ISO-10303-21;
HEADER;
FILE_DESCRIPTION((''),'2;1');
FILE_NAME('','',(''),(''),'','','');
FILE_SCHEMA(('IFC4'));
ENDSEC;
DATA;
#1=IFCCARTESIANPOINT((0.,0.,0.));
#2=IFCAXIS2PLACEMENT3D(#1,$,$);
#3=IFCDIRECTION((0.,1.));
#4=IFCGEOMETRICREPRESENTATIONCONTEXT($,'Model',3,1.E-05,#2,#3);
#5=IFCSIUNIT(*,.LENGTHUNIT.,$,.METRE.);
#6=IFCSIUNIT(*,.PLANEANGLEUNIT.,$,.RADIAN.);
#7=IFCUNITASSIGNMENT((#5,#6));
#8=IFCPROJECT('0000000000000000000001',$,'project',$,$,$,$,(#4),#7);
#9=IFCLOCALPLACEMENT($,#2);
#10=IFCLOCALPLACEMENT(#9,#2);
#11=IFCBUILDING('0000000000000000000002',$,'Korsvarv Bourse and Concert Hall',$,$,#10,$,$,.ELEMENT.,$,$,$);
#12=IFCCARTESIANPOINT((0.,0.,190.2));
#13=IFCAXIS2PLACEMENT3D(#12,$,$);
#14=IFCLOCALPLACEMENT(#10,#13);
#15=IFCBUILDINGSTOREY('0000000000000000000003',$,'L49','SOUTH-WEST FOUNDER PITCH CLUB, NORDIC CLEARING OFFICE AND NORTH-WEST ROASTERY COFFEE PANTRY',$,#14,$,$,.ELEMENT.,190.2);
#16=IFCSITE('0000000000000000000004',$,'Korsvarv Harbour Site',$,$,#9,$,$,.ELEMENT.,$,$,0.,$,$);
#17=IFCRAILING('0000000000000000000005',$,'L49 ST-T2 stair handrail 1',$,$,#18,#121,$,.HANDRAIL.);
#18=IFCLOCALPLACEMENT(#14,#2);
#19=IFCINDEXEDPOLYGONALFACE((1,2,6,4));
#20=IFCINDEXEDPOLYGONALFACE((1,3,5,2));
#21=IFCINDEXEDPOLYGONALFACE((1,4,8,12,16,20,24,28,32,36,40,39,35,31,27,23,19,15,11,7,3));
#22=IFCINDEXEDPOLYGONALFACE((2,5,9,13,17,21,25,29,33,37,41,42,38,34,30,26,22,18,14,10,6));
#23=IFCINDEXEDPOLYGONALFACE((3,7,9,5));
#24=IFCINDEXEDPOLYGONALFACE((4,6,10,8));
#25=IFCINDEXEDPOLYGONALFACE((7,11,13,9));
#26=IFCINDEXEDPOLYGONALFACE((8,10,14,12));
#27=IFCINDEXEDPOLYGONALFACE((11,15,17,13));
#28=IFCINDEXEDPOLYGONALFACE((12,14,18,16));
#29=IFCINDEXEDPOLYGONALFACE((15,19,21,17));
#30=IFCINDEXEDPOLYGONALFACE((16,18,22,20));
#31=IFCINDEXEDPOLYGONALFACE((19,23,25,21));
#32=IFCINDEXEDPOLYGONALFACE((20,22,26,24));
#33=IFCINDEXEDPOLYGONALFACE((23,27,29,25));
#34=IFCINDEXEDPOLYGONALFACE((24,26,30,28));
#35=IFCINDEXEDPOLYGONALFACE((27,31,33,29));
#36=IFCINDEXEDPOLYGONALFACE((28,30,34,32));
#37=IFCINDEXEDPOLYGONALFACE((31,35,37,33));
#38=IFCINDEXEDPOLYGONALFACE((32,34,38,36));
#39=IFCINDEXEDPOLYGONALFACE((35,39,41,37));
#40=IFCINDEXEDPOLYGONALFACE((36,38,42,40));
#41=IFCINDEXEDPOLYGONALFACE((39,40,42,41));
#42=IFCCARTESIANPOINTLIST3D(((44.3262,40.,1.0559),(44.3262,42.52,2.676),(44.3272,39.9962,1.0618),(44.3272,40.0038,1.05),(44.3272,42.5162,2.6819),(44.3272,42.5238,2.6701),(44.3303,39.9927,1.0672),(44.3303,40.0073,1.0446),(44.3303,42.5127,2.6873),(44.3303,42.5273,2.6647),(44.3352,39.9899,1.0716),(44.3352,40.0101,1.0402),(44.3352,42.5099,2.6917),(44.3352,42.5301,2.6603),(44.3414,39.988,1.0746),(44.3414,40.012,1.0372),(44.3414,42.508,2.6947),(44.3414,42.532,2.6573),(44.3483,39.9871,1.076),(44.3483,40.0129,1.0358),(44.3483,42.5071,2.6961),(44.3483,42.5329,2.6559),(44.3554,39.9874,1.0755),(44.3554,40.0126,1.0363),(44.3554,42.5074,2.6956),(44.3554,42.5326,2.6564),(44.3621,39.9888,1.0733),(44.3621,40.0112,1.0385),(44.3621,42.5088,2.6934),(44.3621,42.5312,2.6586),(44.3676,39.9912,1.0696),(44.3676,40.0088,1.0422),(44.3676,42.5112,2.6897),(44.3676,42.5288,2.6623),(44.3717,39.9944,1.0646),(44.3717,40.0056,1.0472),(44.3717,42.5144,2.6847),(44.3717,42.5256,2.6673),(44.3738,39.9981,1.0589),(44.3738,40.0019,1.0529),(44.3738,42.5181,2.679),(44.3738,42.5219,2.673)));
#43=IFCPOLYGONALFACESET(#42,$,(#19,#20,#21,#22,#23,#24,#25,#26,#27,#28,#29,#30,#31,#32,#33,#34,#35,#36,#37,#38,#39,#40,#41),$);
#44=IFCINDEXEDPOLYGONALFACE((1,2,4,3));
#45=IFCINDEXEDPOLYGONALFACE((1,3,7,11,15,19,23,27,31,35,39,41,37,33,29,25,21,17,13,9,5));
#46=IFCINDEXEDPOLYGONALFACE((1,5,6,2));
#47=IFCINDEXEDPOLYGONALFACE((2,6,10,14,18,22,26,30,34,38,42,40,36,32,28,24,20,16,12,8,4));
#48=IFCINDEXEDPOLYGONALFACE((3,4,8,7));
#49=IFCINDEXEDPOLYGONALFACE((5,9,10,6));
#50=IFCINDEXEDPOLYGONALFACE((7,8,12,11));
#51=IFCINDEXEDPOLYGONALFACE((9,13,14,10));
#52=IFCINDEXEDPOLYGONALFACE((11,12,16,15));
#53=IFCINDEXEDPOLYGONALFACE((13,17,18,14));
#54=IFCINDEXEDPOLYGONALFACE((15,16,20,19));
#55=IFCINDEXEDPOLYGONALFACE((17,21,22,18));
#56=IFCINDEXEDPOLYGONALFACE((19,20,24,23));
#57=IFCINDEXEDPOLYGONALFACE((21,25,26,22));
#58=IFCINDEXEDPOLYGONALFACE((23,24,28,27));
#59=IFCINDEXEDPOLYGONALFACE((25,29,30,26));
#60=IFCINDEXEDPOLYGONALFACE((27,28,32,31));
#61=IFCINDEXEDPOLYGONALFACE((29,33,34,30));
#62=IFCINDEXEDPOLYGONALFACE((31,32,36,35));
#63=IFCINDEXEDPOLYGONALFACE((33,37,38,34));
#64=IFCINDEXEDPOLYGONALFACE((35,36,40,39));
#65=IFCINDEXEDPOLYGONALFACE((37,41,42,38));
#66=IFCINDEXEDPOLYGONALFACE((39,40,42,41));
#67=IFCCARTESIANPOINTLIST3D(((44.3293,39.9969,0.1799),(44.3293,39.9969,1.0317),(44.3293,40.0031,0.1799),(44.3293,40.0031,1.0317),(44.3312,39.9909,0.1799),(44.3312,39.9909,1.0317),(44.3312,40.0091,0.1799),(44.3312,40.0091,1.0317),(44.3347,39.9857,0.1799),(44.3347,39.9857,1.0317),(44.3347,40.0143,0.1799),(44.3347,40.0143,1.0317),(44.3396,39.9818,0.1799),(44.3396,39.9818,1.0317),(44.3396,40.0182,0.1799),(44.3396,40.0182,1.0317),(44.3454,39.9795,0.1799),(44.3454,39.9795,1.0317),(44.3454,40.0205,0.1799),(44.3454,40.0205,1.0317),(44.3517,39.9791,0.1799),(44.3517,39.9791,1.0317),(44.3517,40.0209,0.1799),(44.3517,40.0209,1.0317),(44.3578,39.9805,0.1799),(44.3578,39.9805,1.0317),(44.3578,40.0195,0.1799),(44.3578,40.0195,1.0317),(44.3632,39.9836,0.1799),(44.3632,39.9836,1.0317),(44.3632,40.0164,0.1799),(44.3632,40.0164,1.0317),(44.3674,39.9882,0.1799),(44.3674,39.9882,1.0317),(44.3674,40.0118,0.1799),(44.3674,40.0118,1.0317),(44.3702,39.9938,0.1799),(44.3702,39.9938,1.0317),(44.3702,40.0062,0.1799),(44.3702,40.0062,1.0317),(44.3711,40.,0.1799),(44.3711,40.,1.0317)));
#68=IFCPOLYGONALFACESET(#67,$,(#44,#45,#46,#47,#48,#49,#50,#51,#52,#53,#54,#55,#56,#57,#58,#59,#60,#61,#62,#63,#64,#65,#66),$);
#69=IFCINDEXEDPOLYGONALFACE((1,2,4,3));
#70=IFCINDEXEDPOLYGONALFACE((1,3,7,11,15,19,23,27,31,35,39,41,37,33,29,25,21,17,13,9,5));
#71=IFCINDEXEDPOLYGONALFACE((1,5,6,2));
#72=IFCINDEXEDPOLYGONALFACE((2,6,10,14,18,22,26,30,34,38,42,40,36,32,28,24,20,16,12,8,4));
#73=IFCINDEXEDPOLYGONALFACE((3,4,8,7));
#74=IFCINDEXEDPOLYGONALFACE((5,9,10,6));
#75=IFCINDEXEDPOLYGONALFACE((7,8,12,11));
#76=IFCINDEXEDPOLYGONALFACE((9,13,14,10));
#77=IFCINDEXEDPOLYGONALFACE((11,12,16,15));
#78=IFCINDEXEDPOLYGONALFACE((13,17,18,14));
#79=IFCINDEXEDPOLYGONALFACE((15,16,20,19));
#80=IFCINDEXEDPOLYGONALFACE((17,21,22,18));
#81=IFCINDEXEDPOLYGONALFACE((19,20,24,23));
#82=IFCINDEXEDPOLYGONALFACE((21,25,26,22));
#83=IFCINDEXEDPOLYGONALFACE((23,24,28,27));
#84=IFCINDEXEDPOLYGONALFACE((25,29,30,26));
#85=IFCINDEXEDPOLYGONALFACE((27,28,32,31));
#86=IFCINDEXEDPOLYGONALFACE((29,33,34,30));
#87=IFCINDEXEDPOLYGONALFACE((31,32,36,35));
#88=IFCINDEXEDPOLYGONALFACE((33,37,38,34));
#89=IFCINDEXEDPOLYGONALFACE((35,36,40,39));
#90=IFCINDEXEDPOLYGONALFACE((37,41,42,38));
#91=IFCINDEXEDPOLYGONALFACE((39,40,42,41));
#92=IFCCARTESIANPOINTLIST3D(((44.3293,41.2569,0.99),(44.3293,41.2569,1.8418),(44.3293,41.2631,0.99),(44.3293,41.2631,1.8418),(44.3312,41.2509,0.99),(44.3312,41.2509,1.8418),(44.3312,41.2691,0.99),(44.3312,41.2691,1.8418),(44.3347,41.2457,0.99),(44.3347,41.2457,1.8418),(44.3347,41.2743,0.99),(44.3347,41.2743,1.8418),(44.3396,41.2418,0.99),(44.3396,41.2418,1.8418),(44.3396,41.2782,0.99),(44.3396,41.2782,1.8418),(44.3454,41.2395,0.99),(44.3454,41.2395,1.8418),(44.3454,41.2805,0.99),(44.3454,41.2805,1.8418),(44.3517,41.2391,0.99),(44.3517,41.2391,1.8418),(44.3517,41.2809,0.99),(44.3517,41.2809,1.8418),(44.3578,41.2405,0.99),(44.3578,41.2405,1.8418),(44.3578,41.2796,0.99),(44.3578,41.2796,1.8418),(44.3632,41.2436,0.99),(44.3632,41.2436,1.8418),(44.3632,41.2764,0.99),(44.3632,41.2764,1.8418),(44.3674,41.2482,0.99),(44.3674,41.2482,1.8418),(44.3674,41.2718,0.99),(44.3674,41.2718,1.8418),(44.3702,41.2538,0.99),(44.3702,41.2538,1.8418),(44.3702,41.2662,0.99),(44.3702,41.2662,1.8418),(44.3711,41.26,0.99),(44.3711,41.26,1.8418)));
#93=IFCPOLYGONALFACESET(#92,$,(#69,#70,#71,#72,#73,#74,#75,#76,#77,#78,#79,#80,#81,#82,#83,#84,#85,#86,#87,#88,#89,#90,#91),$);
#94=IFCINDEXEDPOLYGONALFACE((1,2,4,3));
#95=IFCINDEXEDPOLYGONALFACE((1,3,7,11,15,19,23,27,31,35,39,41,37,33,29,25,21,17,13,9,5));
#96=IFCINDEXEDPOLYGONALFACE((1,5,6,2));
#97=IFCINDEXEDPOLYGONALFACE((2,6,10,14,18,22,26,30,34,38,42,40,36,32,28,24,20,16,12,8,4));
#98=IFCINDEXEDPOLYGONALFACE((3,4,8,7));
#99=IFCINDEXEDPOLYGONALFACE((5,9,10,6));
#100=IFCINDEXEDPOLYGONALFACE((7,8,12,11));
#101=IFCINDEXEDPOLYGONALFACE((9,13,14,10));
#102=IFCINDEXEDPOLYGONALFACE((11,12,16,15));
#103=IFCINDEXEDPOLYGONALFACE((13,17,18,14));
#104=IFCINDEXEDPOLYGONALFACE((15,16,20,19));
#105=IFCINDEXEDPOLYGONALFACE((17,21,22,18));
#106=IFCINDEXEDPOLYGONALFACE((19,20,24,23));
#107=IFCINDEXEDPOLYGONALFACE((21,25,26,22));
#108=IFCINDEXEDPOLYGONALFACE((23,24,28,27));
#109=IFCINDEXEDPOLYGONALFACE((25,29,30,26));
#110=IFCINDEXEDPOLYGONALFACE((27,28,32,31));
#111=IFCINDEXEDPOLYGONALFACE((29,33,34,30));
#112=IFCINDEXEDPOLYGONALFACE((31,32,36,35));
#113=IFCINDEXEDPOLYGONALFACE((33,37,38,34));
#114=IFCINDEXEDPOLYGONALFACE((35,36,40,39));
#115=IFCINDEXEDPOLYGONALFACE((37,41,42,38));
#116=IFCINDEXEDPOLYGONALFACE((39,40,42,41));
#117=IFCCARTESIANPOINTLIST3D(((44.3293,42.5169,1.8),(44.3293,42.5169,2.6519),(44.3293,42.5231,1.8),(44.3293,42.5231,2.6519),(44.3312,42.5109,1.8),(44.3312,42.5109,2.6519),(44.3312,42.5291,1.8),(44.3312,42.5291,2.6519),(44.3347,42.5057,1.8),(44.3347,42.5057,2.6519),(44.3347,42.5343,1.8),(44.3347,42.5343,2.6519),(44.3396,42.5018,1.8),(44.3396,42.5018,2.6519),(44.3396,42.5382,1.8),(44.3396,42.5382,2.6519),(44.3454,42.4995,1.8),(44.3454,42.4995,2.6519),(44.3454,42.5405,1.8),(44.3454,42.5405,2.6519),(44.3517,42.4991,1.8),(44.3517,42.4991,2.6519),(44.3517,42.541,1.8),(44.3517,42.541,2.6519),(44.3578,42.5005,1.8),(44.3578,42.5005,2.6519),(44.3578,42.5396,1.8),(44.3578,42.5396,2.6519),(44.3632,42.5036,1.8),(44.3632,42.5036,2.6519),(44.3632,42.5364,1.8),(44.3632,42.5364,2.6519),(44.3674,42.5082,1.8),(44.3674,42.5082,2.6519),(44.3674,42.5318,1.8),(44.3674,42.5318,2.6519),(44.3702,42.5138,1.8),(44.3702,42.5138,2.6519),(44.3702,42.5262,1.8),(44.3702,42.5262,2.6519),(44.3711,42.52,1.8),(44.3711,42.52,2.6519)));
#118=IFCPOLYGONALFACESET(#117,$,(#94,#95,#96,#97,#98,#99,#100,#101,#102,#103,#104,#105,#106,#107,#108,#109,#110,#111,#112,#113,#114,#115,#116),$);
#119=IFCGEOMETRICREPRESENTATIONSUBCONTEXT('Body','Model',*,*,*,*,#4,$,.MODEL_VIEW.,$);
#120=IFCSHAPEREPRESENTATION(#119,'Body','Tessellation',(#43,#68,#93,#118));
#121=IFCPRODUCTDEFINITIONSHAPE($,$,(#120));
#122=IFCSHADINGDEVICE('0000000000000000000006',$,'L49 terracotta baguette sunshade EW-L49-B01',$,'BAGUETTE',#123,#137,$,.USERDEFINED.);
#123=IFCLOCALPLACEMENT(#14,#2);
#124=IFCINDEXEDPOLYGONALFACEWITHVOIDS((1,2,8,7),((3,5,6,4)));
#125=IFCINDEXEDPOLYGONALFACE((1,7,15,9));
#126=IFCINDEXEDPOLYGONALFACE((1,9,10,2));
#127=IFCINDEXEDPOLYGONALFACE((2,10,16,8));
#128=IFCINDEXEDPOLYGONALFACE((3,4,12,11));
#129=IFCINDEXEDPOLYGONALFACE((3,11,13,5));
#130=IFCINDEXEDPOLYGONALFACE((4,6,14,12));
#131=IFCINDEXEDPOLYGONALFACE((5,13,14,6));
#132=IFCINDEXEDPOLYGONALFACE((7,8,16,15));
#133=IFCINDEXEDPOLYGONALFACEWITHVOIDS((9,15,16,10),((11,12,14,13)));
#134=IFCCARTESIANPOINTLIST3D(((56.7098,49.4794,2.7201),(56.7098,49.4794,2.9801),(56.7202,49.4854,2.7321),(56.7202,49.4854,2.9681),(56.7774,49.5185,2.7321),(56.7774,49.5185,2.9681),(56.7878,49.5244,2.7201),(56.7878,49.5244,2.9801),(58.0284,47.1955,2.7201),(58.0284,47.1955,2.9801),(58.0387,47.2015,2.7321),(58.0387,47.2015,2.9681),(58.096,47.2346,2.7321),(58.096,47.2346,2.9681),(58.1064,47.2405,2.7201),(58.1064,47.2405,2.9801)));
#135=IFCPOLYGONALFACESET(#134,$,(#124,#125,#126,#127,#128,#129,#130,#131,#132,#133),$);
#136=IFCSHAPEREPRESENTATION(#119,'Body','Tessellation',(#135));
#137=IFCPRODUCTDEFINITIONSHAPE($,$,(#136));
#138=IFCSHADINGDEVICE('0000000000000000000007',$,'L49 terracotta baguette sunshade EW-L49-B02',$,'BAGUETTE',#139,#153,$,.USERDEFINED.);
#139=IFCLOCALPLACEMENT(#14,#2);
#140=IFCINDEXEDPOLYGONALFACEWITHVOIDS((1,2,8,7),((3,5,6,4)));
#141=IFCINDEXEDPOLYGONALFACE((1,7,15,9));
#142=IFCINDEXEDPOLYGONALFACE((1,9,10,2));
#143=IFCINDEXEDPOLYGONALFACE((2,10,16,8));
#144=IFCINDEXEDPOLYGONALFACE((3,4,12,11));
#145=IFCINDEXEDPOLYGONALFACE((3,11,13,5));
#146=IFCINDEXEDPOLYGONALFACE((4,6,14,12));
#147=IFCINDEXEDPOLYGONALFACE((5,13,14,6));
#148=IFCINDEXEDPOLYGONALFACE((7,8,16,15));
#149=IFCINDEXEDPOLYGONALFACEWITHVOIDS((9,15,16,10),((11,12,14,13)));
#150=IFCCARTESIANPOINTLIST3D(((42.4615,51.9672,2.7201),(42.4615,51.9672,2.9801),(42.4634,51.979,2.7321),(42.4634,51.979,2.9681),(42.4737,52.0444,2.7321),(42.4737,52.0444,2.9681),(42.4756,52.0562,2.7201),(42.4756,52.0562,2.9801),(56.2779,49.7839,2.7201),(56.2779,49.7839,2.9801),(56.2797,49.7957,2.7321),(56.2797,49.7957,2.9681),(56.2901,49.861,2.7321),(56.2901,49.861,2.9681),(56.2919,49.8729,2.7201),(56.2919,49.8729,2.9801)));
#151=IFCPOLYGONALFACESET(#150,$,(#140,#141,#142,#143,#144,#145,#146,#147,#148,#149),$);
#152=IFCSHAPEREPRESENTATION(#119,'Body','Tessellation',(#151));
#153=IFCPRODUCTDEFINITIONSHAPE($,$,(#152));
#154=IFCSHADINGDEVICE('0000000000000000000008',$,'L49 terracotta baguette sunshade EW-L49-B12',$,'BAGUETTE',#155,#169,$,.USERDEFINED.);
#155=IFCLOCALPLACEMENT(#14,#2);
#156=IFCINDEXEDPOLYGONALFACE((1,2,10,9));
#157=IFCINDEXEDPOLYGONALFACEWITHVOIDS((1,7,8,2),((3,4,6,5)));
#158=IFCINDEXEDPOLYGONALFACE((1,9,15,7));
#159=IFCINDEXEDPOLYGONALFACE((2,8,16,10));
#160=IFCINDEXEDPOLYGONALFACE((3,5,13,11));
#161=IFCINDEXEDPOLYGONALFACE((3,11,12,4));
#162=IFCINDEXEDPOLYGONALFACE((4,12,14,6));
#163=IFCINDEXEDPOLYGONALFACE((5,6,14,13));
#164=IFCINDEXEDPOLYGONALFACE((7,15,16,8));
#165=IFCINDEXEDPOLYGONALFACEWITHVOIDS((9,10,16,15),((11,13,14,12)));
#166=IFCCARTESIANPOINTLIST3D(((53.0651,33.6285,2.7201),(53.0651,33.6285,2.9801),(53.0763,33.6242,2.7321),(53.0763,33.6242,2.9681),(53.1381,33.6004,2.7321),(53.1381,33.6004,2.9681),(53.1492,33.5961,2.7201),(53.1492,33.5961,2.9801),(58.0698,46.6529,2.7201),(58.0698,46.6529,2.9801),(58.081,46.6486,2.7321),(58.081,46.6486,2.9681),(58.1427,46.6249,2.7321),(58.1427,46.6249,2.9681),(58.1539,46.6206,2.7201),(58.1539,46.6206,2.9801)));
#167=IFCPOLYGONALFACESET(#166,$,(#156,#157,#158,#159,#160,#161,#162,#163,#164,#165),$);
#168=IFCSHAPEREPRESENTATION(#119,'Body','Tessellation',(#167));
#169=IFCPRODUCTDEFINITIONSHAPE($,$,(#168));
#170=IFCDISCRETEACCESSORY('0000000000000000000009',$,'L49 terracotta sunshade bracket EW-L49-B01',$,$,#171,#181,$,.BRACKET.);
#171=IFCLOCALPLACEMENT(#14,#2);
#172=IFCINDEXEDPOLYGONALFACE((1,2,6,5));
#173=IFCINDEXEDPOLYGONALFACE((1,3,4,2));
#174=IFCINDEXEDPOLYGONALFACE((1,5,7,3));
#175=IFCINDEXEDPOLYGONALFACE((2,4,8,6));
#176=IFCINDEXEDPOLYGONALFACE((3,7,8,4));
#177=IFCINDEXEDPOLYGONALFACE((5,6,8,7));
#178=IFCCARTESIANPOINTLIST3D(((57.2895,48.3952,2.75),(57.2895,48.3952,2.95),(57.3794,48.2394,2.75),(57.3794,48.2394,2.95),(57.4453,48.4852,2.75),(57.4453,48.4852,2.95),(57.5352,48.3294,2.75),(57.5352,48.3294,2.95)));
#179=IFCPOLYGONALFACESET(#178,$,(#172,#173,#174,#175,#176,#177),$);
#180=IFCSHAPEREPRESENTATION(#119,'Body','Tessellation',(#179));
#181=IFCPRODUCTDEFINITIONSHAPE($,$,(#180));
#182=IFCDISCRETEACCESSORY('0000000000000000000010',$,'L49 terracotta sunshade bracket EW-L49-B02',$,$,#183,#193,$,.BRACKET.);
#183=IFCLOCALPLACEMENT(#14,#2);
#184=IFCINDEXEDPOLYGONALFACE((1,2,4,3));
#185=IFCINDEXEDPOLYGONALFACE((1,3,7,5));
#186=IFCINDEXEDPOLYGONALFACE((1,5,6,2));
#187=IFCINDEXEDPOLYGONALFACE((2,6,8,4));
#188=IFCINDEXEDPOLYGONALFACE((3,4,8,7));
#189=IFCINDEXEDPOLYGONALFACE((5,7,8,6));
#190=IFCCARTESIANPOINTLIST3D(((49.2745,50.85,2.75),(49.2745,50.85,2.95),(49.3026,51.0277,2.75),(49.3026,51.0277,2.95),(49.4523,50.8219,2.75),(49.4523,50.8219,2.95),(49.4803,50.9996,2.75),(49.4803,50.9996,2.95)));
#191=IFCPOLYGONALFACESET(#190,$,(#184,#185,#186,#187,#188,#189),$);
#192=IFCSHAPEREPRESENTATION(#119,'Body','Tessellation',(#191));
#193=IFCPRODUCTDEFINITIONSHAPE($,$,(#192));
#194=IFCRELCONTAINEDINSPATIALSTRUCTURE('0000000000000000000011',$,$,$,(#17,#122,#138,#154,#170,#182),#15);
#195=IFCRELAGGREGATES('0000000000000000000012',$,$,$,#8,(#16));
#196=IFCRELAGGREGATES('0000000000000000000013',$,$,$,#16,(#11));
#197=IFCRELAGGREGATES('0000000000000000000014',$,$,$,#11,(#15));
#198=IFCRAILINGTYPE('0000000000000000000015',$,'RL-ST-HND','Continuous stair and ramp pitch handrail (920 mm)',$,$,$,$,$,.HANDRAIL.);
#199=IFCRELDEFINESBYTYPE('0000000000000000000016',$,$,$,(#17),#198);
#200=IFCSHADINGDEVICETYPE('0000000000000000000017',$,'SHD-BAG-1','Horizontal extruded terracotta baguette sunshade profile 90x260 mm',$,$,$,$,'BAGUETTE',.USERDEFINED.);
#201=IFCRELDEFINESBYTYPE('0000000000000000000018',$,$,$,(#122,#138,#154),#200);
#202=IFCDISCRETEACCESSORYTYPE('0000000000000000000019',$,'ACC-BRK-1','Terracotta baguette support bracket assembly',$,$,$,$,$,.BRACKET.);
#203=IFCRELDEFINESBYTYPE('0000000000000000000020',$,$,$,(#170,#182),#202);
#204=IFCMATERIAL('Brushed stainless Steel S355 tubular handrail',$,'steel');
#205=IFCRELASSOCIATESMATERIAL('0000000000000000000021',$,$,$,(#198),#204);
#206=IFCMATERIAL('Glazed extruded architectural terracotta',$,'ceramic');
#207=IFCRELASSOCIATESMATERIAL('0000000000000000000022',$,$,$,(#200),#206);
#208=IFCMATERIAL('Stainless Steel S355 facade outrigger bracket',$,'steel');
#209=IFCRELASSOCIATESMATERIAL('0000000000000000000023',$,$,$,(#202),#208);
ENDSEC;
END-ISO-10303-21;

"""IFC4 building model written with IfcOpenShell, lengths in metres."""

from ifc_helpers import new_model, si_unit, direction, frame, origin, origin_2d, place, context, subcontext, project, spatial, rectangle, hollow_rectangle, circle, extrude, source, transform, mapped, material, material_profile, profile_set, type_object, element, save


model = new_model("IFC4")

# Units and contexts
model_context = context("Model", 3, precision=1e-05, world=origin(), true_north=direction((0.0, 1.0)))
body_context = subcontext(model_context, "Body", "Model", "MODEL_VIEW")
ifc_project = project(units=[si_unit("LENGTHUNIT", "METRE"), si_unit("PLANEANGLEUNIT", "RADIAN")], contexts=[model_context])

# Site, building, storey
site_placement = place(None, origin())
site = spatial("IfcSite", under=ifc_project, at=site_placement, Name="Korsvarv Harbour Site", CompositionType="ELEMENT", RefElevation=0.0)
building_placement = place(site_placement, origin())
building = spatial("IfcBuilding", under=site, at=building_placement, Name="Korsvarv Bourse and Concert Hall", CompositionType="ELEMENT")
storey_placement = place(building_placement, frame((0.0, 0.0, 190.2)))
storey = spatial("IfcBuildingStorey", under=building, at=storey_placement, Name="L49", Description="SOUTH-WEST FOUNDER PITCH CLUB, NORDIC CLEARING OFFICE AND NORTH-WEST ROASTERY COFFEE PANTRY", CompositionType="ELEMENT", Elevation=190.2)

# Railing
ifc_material_1 = material(Name="Brushed stainless Steel S355 tubular handrail", Category="steel")
railing_type_1 = type_object("IfcRailingType", Name="RL-ST-HND", Description="Continuous stair and ramp pitch handrail (920 mm)", PredefinedType="HANDRAIL", material=ifc_material_1)
railing_1_placement = place(storey_placement, frame((44.3501, 40.0, 0.1799)))
element("IfcRailing", 1, at=railing_1_placement, inside=storey, type_object=railing_type_1, Name="L49 ST-T2 stair handrail 1", PredefinedType="HANDRAIL", context=body_context, shape_type="SweptSolid", body=[
    extrude(circle(Radius=0.0239, at=origin_2d()), frame((0.0, 0.0, 0.876), z_axis=(0.0, 0.841163, 0.540782), x_axis=(-1.0, 0.0, 0.0)), (0.0, 0.0, 1.0), 2.9958),
    extrude(circle(Radius=0.021, at=origin_2d()), origin(), (0.0, 0.0, 1.0), 0.8518),
    extrude(circle(Radius=0.021, at=origin_2d()), frame((0.0, 1.26, 0.8101)), (0.0, 0.0, 1.0), 0.8518),
    extrude(circle(Radius=0.021, at=origin_2d()), frame((0.0, 2.52, 1.6201)), (0.0, 0.0, 1.0), 0.8518),
])

# Shading devices
ifc_material_2 = material(Name="Glazed extruded architectural terracotta", Category="ceramic")
ifc_material_profile_1 = material_profile(ifc_material_2, hollow_rectangle(XDim=0.0901, YDim=0.26, WallThickness=0.012, at=origin_2d()), Name="TC-BAG 90x260")
ifc_profile_set_1 = profile_set([ifc_material_profile_1], Name="Glazed extruded architectural terracotta")
shading_device_type = type_object("IfcShadingDeviceType", Name="SHD-BAG-1", Description="Horizontal extruded terracotta baguette sunshade profile 90x260 mm", ElementType="BAGUETTE", PredefinedType="USERDEFINED", material=ifc_profile_set_1)
shared_shape_1 = source(origin(), body_context, "Body", "SweptSolid", [
    extrude(hollow_rectangle(XDim=0.0901, YDim=0.26, WallThickness=0.012, at=origin_2d()), origin(), (0.0, 0.0, 1.0), 2.6372),
])
shading_device_1_placement = place(storey_placement, frame((58.0674, 47.218, 2.8501), z_axis=(-0.499992, 0.86603, 0.0), x_axis=(-0.86603, -0.499992, 0.0)))
element("IfcShadingDevice", 2, at=shading_device_1_placement, inside=storey, type_object=shading_device_type, Name="L49 terracotta baguette sunshade EW-L49-B01", ObjectType="BAGUETTE", PredefinedType="USERDEFINED", context=body_context, shape_type="MappedRepresentation", body=[
    mapped(shared_shape_1, transform((0.0, 0.0, 0.0), scale=1.0)),
])
shared_shape_2 = source(origin(), body_context, "Body", "SweptSolid", [
    extrude(hollow_rectangle(XDim=0.0901, YDim=0.26, WallThickness=0.012, at=origin_2d()), origin(), (0.0, 0.0, 1.0), 13.9878),
])
shading_device_2_placement = place(storey_placement, frame((56.2849, 49.8284, 2.8501), z_axis=(-0.987743, 0.156089, 0.0), x_axis=(-0.156089, -0.987743, 0.0)))
element("IfcShadingDevice", 3, at=shading_device_2_placement, inside=storey, type_object=shading_device_type, Name="L49 terracotta baguette sunshade EW-L49-B02", ObjectType="BAGUETTE", PredefinedType="USERDEFINED", context=body_context, shape_type="MappedRepresentation", body=[
    mapped(shared_shape_2, transform((0.0, 0.0, 0.0), scale=1.0)),
])
shared_shape_3 = source(origin(), body_context, "Body", "SweptSolid", [
    extrude(hollow_rectangle(XDim=0.0901, YDim=0.26, WallThickness=0.012, at=origin_2d()), origin(), (0.0, 0.0, 1.0), 13.9529),
])
shading_device_3_placement = place(storey_placement, frame((53.1072, 33.6123, 2.8501), z_axis=(0.358682, 0.93346, 0.0), x_axis=(-0.93346, 0.358682, 0.0)))
element("IfcShadingDevice", 4, at=shading_device_3_placement, inside=storey, type_object=shading_device_type, Name="L49 terracotta baguette sunshade EW-L49-B12", ObjectType="BAGUETTE", PredefinedType="USERDEFINED", context=body_context, shape_type="MappedRepresentation", body=[
    mapped(shared_shape_3, transform((0.0, 0.0, 0.0), scale=1.0)),
])

# Discrete accessories
ifc_material_3 = material(Name="Stainless Steel S355 facade outrigger bracket", Category="steel")
discrete_accessory_type = type_object("IfcDiscreteAccessoryType", Name="ACC-BRK-1", Description="Terracotta baguette support bracket assembly", PredefinedType="BRACKET", material=ifc_material_3)
shared_shape_4 = source(origin(), body_context, "Body", "SweptSolid", [
    extrude(rectangle(XDim=0.1799, YDim=0.1799, at=origin_2d()), origin(), (0.0, 0.0, 1.0), 0.2),
])
for number, where, z_axis, x_axis, name in (
    (5, (57.4124, 48.3623, 2.75), (0.0, 0.0, 1.0), (-0.5, 0.866025, 0.0), "L49 terracotta sunshade bracket EW-L49-B01"),
    (6, (49.3774, 50.9248, 2.75), (0.0, 0.0, 1.0), (-0.987743, 0.15609, 0.0), "L49 terracotta sunshade bracket EW-L49-B02"),
):
    element("IfcDiscreteAccessory", number, at=place(storey_placement, frame(where, z_axis=z_axis, x_axis=x_axis)), inside=storey, type_object=discrete_accessory_type, Name=name, PredefinedType="BRACKET", context=body_context, shape_type="MappedRepresentation", body=[
        mapped(shared_shape_4, transform((0.0, 0.0, 0.0), scale=1.0)),
    ])

save(model, "model.ifc")
